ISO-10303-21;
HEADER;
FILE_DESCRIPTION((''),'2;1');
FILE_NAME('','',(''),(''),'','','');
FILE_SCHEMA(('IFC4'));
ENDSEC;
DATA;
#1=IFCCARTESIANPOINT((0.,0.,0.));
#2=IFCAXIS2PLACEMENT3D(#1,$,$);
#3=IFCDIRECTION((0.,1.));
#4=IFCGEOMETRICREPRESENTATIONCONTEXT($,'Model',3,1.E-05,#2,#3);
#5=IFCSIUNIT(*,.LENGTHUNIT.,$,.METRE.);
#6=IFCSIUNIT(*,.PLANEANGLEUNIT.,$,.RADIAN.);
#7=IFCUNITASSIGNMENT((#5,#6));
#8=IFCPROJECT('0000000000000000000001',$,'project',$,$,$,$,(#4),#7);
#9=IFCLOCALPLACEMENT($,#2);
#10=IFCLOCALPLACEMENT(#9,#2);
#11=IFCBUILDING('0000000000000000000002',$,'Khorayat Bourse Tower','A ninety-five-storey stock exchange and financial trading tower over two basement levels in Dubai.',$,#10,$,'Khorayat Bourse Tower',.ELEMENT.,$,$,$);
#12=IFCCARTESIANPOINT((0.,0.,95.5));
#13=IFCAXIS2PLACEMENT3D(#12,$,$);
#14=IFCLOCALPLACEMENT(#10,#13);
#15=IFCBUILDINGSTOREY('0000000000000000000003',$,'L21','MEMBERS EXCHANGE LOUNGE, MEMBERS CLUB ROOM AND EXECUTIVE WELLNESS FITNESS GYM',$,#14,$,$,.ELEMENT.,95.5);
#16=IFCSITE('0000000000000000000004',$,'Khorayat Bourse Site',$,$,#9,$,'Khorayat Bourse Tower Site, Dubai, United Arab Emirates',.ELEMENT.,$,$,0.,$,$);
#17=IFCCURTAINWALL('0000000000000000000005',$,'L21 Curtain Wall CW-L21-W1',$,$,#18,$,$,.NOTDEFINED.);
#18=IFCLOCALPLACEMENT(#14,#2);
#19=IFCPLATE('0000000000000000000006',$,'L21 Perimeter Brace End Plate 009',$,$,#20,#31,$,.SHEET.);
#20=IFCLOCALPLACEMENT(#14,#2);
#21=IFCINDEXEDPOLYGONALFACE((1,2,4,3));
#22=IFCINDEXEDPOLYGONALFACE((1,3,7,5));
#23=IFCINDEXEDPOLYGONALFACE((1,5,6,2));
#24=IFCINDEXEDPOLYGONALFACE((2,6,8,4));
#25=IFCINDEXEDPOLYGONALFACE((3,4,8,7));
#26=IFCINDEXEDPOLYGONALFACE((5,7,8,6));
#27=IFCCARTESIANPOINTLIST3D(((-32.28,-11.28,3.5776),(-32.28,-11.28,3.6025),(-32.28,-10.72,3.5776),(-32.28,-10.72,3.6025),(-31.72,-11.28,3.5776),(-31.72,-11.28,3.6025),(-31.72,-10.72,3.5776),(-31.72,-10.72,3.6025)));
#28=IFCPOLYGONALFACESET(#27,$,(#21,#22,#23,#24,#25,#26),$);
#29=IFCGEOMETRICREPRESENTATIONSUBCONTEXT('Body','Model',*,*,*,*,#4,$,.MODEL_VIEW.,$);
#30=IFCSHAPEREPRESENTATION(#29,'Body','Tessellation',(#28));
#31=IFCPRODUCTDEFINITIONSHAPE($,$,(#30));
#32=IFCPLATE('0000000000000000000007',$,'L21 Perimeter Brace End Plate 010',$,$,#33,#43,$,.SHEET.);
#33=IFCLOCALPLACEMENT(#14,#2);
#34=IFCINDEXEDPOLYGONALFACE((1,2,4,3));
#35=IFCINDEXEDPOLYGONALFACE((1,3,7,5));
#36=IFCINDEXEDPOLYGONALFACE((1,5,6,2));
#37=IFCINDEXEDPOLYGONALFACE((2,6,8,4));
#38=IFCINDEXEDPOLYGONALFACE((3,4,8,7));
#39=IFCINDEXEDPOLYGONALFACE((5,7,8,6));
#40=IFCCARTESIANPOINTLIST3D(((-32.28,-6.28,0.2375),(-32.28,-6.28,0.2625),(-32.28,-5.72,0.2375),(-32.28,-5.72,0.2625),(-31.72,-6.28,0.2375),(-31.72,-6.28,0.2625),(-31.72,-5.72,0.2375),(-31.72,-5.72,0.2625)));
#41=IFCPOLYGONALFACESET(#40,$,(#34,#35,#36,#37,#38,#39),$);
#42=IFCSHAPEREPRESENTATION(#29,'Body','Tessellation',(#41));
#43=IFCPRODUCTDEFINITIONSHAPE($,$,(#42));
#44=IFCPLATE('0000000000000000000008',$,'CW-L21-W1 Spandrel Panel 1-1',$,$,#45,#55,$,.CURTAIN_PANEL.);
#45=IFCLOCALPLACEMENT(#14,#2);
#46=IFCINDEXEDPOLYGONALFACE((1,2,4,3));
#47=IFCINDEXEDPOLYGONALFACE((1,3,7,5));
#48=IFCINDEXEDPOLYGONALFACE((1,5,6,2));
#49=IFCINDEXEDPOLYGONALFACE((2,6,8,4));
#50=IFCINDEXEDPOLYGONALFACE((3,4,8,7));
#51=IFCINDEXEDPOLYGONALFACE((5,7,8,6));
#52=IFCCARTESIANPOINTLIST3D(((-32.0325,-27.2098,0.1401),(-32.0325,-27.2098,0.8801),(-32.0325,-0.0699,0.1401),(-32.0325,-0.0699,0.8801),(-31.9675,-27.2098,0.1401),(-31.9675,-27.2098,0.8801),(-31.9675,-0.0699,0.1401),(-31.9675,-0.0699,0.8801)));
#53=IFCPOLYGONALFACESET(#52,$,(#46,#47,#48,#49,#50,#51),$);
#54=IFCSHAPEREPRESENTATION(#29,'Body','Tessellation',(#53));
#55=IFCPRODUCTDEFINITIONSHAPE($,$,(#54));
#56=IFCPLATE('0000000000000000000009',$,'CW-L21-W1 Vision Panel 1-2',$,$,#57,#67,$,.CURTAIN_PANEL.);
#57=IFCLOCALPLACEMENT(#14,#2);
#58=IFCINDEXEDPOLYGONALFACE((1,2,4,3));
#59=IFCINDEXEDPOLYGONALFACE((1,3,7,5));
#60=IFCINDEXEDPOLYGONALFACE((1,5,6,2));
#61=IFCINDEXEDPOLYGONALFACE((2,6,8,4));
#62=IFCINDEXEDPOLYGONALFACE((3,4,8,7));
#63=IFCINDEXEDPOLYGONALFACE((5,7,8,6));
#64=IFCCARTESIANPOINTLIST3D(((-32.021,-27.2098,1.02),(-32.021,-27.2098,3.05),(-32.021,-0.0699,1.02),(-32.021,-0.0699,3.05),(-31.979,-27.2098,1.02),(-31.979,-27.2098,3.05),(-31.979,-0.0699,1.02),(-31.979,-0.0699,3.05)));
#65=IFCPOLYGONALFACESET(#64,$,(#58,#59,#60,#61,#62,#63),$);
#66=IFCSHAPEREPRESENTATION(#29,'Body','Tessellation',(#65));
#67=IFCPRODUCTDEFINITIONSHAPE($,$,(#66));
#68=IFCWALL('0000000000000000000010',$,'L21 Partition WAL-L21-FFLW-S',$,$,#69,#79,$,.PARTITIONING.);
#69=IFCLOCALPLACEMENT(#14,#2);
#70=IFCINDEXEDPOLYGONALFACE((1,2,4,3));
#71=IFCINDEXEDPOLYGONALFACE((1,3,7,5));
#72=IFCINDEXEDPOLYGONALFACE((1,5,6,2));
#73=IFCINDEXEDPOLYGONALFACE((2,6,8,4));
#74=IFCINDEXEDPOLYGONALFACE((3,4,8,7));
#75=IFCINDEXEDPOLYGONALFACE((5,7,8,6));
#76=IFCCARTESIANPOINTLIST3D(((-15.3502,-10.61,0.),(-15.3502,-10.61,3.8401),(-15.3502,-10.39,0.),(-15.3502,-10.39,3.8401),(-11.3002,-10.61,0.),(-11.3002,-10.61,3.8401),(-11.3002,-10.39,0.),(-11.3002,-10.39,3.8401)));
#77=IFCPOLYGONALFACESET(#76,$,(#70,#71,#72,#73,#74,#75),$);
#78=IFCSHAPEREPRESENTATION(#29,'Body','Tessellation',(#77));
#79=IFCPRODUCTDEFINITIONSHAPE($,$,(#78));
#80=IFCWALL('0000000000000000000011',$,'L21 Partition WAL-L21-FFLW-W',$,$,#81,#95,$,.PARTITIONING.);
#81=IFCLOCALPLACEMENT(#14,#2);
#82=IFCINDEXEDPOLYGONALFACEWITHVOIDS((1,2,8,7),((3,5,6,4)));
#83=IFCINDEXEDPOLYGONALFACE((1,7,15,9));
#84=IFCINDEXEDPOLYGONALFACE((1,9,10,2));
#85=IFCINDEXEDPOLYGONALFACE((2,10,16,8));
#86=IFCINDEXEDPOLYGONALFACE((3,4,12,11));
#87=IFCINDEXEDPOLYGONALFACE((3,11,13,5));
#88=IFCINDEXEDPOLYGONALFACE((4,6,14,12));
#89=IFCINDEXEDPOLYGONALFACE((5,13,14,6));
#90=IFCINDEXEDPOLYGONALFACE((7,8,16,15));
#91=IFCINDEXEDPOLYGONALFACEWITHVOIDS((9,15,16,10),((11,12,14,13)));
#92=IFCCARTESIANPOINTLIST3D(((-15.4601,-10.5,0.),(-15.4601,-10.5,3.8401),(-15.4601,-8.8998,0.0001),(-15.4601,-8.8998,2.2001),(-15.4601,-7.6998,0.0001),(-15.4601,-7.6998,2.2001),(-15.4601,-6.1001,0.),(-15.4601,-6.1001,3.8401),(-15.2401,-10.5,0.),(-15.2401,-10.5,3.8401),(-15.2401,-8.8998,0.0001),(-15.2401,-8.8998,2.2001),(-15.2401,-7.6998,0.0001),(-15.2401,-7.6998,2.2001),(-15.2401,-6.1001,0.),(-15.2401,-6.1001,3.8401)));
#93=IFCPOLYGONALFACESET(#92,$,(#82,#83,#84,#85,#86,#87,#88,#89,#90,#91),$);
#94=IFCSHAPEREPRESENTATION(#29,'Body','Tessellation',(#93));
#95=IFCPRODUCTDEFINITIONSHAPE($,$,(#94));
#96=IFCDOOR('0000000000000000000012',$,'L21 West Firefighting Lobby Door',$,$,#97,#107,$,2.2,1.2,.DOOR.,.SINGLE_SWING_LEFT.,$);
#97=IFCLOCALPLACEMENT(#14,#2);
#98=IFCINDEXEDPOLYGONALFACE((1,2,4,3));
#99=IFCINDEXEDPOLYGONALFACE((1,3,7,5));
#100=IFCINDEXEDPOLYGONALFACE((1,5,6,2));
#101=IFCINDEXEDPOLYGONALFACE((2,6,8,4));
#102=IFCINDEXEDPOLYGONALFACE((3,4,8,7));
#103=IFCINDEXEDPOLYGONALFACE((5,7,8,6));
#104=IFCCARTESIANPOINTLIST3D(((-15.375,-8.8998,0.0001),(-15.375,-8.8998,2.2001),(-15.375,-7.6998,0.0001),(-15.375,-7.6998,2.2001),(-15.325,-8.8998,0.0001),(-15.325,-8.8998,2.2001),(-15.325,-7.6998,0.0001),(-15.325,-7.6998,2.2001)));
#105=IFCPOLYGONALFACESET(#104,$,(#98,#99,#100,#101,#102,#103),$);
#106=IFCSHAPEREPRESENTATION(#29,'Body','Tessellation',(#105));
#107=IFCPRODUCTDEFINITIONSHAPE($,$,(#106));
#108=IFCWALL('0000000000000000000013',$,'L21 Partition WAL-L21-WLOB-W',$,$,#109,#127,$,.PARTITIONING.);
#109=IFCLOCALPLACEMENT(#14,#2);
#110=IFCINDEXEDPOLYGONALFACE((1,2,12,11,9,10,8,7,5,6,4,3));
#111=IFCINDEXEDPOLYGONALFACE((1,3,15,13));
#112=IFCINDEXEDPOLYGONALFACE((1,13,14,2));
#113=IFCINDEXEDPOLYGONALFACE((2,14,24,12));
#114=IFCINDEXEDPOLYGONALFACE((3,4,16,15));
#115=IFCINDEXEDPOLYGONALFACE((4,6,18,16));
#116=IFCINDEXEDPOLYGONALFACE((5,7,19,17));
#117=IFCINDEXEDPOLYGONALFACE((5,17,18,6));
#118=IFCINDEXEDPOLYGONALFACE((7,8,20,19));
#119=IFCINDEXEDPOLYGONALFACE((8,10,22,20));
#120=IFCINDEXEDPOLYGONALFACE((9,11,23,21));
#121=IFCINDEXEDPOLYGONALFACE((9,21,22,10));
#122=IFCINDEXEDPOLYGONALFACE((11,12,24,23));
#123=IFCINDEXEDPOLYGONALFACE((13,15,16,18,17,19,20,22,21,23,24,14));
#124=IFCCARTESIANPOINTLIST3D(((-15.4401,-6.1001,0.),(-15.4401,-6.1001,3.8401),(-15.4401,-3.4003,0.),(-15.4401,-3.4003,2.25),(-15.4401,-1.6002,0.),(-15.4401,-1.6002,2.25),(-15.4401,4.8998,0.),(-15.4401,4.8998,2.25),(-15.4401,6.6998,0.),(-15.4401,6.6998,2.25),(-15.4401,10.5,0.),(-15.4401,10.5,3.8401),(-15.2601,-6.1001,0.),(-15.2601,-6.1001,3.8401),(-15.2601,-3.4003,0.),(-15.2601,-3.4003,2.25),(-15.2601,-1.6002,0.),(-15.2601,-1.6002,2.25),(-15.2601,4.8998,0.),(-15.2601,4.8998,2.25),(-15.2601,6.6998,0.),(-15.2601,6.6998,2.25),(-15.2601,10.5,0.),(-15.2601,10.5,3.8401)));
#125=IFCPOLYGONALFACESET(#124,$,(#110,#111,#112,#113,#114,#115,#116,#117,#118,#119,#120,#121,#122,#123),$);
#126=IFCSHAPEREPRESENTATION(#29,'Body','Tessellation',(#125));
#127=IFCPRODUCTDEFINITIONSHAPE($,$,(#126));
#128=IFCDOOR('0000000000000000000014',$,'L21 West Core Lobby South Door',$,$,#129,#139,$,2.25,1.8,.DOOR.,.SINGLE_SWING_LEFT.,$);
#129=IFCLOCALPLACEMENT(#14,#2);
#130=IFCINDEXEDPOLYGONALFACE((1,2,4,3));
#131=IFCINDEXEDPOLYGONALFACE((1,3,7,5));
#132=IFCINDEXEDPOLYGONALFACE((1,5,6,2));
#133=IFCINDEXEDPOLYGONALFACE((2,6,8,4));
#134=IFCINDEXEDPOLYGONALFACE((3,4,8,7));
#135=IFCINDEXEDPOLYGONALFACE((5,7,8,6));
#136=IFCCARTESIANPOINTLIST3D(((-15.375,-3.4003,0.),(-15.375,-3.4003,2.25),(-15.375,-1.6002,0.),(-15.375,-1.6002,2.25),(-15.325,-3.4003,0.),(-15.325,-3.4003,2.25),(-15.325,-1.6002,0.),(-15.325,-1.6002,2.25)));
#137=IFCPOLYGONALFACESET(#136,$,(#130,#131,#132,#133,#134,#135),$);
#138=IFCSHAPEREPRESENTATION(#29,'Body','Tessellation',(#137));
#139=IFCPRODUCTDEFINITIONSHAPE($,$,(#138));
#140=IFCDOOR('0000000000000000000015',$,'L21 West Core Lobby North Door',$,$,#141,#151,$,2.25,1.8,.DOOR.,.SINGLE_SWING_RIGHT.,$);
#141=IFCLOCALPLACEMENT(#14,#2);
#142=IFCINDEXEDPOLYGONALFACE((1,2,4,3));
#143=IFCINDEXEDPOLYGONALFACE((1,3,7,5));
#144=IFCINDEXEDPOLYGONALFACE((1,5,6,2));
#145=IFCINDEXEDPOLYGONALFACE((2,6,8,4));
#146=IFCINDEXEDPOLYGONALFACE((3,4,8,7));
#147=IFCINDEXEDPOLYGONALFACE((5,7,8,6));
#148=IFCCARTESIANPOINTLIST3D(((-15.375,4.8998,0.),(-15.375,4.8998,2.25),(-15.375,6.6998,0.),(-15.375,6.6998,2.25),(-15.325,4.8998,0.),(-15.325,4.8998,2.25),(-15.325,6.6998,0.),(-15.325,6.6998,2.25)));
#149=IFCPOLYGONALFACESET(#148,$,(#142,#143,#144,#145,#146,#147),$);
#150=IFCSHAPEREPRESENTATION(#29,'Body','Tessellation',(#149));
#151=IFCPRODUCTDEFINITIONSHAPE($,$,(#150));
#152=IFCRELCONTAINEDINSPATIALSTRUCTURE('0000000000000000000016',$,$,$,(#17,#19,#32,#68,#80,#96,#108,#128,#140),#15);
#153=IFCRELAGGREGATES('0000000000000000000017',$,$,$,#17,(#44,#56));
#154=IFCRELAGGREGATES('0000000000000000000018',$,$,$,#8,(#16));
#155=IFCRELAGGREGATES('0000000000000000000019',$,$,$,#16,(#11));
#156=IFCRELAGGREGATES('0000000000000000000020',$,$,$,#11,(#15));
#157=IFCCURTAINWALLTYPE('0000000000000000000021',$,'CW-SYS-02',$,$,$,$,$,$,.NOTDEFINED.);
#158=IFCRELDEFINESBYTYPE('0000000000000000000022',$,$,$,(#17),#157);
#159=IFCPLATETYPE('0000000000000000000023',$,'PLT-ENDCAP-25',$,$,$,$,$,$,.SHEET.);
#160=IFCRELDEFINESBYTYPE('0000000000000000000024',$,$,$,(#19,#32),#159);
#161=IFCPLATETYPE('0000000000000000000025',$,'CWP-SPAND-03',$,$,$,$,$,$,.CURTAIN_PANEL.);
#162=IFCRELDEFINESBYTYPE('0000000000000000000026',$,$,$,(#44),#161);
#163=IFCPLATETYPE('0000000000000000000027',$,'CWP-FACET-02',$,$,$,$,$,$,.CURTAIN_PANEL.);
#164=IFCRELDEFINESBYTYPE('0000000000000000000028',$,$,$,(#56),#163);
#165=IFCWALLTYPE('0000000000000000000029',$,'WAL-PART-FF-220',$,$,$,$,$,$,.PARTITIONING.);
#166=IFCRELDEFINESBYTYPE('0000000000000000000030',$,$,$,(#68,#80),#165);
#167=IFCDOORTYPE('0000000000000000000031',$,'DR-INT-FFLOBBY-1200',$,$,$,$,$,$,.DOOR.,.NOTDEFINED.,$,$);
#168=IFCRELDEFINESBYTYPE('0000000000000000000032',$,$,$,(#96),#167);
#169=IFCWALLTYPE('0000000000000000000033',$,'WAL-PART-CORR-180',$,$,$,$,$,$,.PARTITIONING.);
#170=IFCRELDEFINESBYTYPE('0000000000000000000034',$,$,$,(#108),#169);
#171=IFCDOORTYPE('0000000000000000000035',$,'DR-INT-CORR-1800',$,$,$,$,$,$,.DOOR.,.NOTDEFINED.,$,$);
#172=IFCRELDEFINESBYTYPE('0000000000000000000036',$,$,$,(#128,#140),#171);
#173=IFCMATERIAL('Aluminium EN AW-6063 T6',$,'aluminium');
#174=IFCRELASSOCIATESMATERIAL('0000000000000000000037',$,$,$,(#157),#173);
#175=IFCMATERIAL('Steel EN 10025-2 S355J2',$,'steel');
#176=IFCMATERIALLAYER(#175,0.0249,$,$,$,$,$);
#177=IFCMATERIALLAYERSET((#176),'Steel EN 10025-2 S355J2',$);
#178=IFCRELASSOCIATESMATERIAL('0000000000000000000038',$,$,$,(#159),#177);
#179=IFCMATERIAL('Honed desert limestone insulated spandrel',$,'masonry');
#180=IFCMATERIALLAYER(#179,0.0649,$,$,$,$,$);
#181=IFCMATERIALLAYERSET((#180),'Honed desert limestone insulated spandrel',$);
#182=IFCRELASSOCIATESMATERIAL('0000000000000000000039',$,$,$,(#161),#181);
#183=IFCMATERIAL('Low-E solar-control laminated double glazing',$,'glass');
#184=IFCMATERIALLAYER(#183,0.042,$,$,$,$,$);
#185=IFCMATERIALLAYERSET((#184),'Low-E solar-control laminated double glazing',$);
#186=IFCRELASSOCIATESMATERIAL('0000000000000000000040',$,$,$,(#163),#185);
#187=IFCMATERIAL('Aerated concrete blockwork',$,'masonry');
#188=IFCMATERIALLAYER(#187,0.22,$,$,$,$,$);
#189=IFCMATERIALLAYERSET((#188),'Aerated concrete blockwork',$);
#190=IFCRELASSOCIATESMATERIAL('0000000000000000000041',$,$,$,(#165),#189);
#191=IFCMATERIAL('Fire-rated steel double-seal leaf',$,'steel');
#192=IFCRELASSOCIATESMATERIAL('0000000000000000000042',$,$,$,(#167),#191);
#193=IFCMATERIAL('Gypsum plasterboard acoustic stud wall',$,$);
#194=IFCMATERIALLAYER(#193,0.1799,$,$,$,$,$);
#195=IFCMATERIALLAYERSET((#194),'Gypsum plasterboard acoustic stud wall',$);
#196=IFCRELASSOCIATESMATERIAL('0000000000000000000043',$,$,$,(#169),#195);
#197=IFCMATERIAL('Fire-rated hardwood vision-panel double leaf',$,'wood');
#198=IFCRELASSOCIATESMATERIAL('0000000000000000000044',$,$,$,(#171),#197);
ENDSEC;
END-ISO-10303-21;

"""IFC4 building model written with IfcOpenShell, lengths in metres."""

from ifc_helpers import new_model, si_unit, direction, frame, frame_2d, origin, origin_2d, place, context, subcontext, project, spatial, rectangle, extrude, source, transform, mapped, material, layer, layer_set, type_object, element, fill, aggregate, save


model = new_model("IFC4")

# Units and contexts
model_context = context("Model", 3, precision=1e-05, world=origin(), true_north=direction((0.0, 1.0)))
body_context = subcontext(model_context, "Body", "Model", "MODEL_VIEW")
ifc_project = project(units=[si_unit("LENGTHUNIT", "METRE"), si_unit("PLANEANGLEUNIT", "RADIAN")], contexts=[model_context])

# Site, building, storey
site_placement = place(None, origin())
site = spatial("IfcSite", under=ifc_project, at=site_placement, Name="Khorayat Bourse Site", LongName="Khorayat Bourse Tower Site, Dubai, United Arab Emirates", CompositionType="ELEMENT", RefElevation=0.0)
building_placement = place(site_placement, origin())
building = spatial("IfcBuilding", under=site, at=building_placement, Name="Khorayat Bourse Tower", Description="A ninety-five-storey stock exchange and financial trading tower over two basement levels in Dubai.", LongName="Khorayat Bourse Tower", CompositionType="ELEMENT")
storey_placement = place(building_placement, frame((0.0, 0.0, 95.5)))
storey = spatial("IfcBuildingStorey", under=building, at=storey_placement, Name="L21", Description="MEMBERS EXCHANGE LOUNGE, MEMBERS CLUB ROOM AND EXECUTIVE WELLNESS FITNESS GYM", CompositionType="ELEMENT", Elevation=95.5)

# Curtain wall
ifc_material_1 = material(Name="Aluminium EN AW-6063 T6", Category="aluminium")
curtain_wall_type = type_object("IfcCurtainWallType", Name="CW-SYS-02", PredefinedType="NOTDEFINED", material=ifc_material_1)
curtain_wall_placement = place(storey_placement, origin())
curtain_wall = element("IfcCurtainWall", 1, at=curtain_wall_placement, inside=storey, type_object=curtain_wall_type, Name="L21 Curtain Wall CW-L21-W1", PredefinedType="NOTDEFINED")

# Plates
ifc_material_2 = material(Name="Steel EN 10025-2 S355J2", Category="steel")
ifc_layer_1 = layer(ifc_material_2, 0.0249)
ifc_layer_set_1 = layer_set([ifc_layer_1], Name="Steel EN 10025-2 S355J2")
plate_type_1 = type_object("IfcPlateType", Name="PLT-ENDCAP-25", PredefinedType="SHEET", material=ifc_layer_set_1)
shared_shape_1 = source(origin(), body_context, "Body", "SweptSolid", [
    extrude(rectangle(XDim=0.5601, YDim=0.5601, at=origin_2d()), origin(), (0.0, 0.0, 1.0), 0.0249),
])
for number, where, z_axis, x_axis, name in (
    (2, (-32.0, -11.0, 3.5776), (0.0, 0.0, 1.0), (1.0, 0.0, 0.0), "L21 Perimeter Brace End Plate 009"),
    (3, (-32.0, -6.0, 0.2375), (0.0, 0.0, 1.0), (1.0, 0.0, 0.0), "L21 Perimeter Brace End Plate 010"),
):
    element("IfcPlate", number, at=place(storey_placement, frame(where, z_axis=z_axis, x_axis=x_axis)), inside=storey, type_object=plate_type_1, Name=name, PredefinedType="SHEET", context=body_context, shape_type="MappedRepresentation", body=[
        mapped(shared_shape_1, transform((0.0, 0.0, 0.0), scale=1.0)),
    ])

# Plates
ifc_material_3 = material(Name="Honed desert limestone insulated spandrel", Category="masonry")
ifc_layer_2 = layer(ifc_material_3, 0.0649)
ifc_layer_set_2 = layer_set([ifc_layer_2], Name="Honed desert limestone insulated spandrel")
plate_type_2 = type_object("IfcPlateType", Name="CWP-SPAND-03", PredefinedType="CURTAIN_PANEL", material=ifc_layer_set_2)
shared_shape_2 = source(origin(), body_context, "Body", "SweptSolid", [
    extrude(rectangle(XDim=27.1399, YDim=0.0649, at=origin_2d()), origin(), (0.0, 0.0, 1.0), 0.74),
])
plate_1_placement = place(storey_placement, frame((-32.0, -13.6399, 0.1401), z_axis=(0.0, 0.0, 1.0), x_axis=(0.0, 1.0, 0.0)))
plate_1 = element("IfcPlate", 4, at=plate_1_placement, type_object=plate_type_2, Name="CW-L21-W1 Spandrel Panel 1-1", PredefinedType="CURTAIN_PANEL", context=body_context, shape_type="MappedRepresentation", body=[
    mapped(shared_shape_2, transform((0.0, 0.0, 0.0), scale=1.0)),
])
ifc_material_4 = material(Name="Low-E solar-control laminated double glazing", Category="glass")
ifc_layer_3 = layer(ifc_material_4, 0.042)
ifc_layer_set_3 = layer_set([ifc_layer_3], Name="Low-E solar-control laminated double glazing")
plate_type_3 = type_object("IfcPlateType", Name="CWP-FACET-02", PredefinedType="CURTAIN_PANEL", material=ifc_layer_set_3)
shared_shape_3 = source(origin(), body_context, "Body", "SweptSolid", [
    extrude(rectangle(XDim=27.1399, YDim=0.042, at=origin_2d()), origin(), (0.0, 0.0, 1.0), 2.03),
])
plate_2_placement = place(storey_placement, frame((-32.0, -13.6399, 1.02), z_axis=(0.0, 0.0, 1.0), x_axis=(0.0, 1.0, 0.0)))
plate_2 = element("IfcPlate", 5, at=plate_2_placement, type_object=plate_type_3, Name="CW-L21-W1 Vision Panel 1-2", PredefinedType="CURTAIN_PANEL", context=body_context, shape_type="MappedRepresentation", body=[
    mapped(shared_shape_3, transform((0.0, 0.0, 0.0), scale=1.0)),
])
aggregate(curtain_wall, [plate_1, plate_2])

# Wall
ifc_material_5 = material(Name="Aerated concrete blockwork", Category="masonry")
ifc_layer_4 = layer(ifc_material_5, 0.22)
ifc_layer_set_4 = layer_set([ifc_layer_4], Name="Aerated concrete blockwork")
wall_type_1 = type_object("IfcWallType", Name="WAL-PART-FF-220", PredefinedType="PARTITIONING", material=ifc_layer_set_4)
shared_shape_4 = source(origin(), body_context, "Body", "SweptSolid", [
    extrude(rectangle(XDim=4.05, YDim=0.22, at=frame_2d((2.0249, 0.0))), origin(), (0.0, 0.0, 1.0), 3.8401),
])
wall_1_placement = place(storey_placement, frame((-15.3501, -10.5, 0.0), z_axis=(0.0, 0.0, 1.0), x_axis=(1.0, 0.0, 0.0)))
element("IfcWall", 6, at=wall_1_placement, inside=storey, type_object=wall_type_1, Name="L21 Partition WAL-L21-FFLW-S", PredefinedType="PARTITIONING", context=body_context, shape_type="MappedRepresentation", body=[
    mapped(shared_shape_4, transform((0.0, 0.0, 0.0), scale=1.0)),
])

# Wall, opening, door
shared_shape_5 = source(origin(), body_context, "Body", "SweptSolid", [
    extrude(rectangle(XDim=4.3999, YDim=0.22, at=frame_2d((2.2, 0.0))), origin(), (0.0, 0.0, 1.0), 3.8401),
])
wall_2_placement = place(storey_placement, frame((-15.3501, -10.5, 0.0), z_axis=(0.0, 0.0, 1.0), x_axis=(0.0, 1.0, 0.0)))
wall_2 = element("IfcWall", 7, at=wall_2_placement, inside=storey, type_object=wall_type_1, Name="L21 Partition WAL-L21-FFLW-W", PredefinedType="PARTITIONING", context=body_context, shape_type="MappedRepresentation", body=[
    mapped(shared_shape_5, transform((0.0, 0.0, 0.0), scale=1.0)),
])
shared_shape_6 = source(origin(), body_context, "Body", "SweptSolid", [
    extrude(rectangle(XDim=1.2, YDim=2.2, at=frame_2d((0.6001, 1.1001))), frame((0.0, 0.1199, 0.0), z_axis=(0.0, -1.0, 0.0), x_axis=(1.0, 0.0, 0.0)), (0.0, 0.0, 1.0), 0.24),
])
opening_1_placement = place(wall_2_placement, frame((1.6001, 0.0, 0.0)))
opening_1 = element("IfcOpeningElement", 8, at=opening_1_placement, cuts=wall_2, PredefinedType="OPENING", context=body_context, shape_type="MappedRepresentation", body=[
    mapped(shared_shape_6, transform((0.0, 0.0, 0.0), scale=1.0)),
])
ifc_material_6 = material(Name="Fire-rated steel double-seal leaf", Category="steel")
door_type_1 = type_object("IfcDoorType", Name="DR-INT-FFLOBBY-1200", OperationType="NOTDEFINED", PredefinedType="DOOR", material=ifc_material_6)
shared_shape_7 = source(origin(), body_context, "Body", "SweptSolid", [
    extrude(rectangle(XDim=1.2, YDim=2.2, at=frame_2d((0.6001, 1.1001))), frame((0.0, 0.0249, 0.0), z_axis=(0.0, -1.0, 0.0), x_axis=(1.0, 0.0, 0.0)), (0.0, 0.0, 1.0), 0.05),
])
door_1_placement = place(opening_1_placement, origin())
door_1 = element("IfcDoor", 9, at=door_1_placement, inside=storey, type_object=door_type_1, Name="L21 West Firefighting Lobby Door", OperationType="SINGLE_SWING_LEFT", OverallHeight=2.2, OverallWidth=1.2, PredefinedType="DOOR", context=body_context, shape_type="MappedRepresentation", body=[
    mapped(shared_shape_7, transform((0.0, 0.0, 0.0), scale=1.0)),
])
fill(opening_1, door_1)

# Wall, openings, doors
ifc_material_7 = material(Name="Gypsum plasterboard acoustic stud wall")
ifc_layer_5 = layer(ifc_material_7, 0.1799)
ifc_layer_set_5 = layer_set([ifc_layer_5], Name="Gypsum plasterboard acoustic stud wall")
wall_type_2 = type_object("IfcWallType", Name="WAL-PART-CORR-180", PredefinedType="PARTITIONING", material=ifc_layer_set_5)
shared_shape_8 = source(origin(), body_context, "Body", "SweptSolid", [
    extrude(rectangle(XDim=16.6001, YDim=0.1799, at=frame_2d((8.3, 0.0))), origin(), (0.0, 0.0, 1.0), 3.8401),
])
wall_3_placement = place(storey_placement, frame((-15.3501, -6.1001, 0.0), z_axis=(0.0, 0.0, 1.0), x_axis=(0.0, 1.0, 0.0)))
wall_3 = element("IfcWall", 10, at=wall_3_placement, inside=storey, type_object=wall_type_2, Name="L21 Partition WAL-L21-WLOB-W", PredefinedType="PARTITIONING", context=body_context, shape_type="MappedRepresentation", body=[
    mapped(shared_shape_8, transform((0.0, 0.0, 0.0), scale=1.0)),
])
shared_shape_9 = source(origin(), body_context, "Body", "SweptSolid", [
    extrude(rectangle(XDim=1.8, YDim=2.25, at=frame_2d((0.8999, 1.125))), frame((0.0, 0.0999, 0.0), z_axis=(0.0, -1.0, 0.0), x_axis=(1.0, 0.0, 0.0)), (0.0, 0.0, 1.0), 0.2),
])
opening_2_placement = place(wall_3_placement, frame((2.7, 0.0, 0.0)))
opening_2 = element("IfcOpeningElement", 11, at=opening_2_placement, cuts=wall_3, PredefinedType="OPENING", context=body_context, shape_type="MappedRepresentation", body=[
    mapped(shared_shape_9, transform((0.0, 0.0, 0.0), scale=1.0)),
])
opening_3_placement = place(wall_3_placement, frame((11.0, 0.0, 0.0)))
opening_3 = element("IfcOpeningElement", 12, at=opening_3_placement, cuts=wall_3, PredefinedType="OPENING", context=body_context, shape_type="MappedRepresentation", body=[
    mapped(shared_shape_9, transform((0.0, 0.0, 0.0), scale=1.0)),
])
ifc_material_8 = material(Name="Fire-rated hardwood vision-panel double leaf", Category="wood")
door_type_2 = type_object("IfcDoorType", Name="DR-INT-CORR-1800", OperationType="NOTDEFINED", PredefinedType="DOOR", material=ifc_material_8)
shared_shape_10 = source(origin(), body_context, "Body", "SweptSolid", [
    extrude(rectangle(XDim=1.8, YDim=2.25, at=frame_2d((0.8999, 1.125))), frame((0.0, 0.0249, 0.0), z_axis=(0.0, -1.0, 0.0), x_axis=(1.0, 0.0, 0.0)), (0.0, 0.0, 1.0), 0.05),
])
door_2_placement = place(opening_2_placement, origin())
door_2 = element("IfcDoor", 13, at=door_2_placement, inside=storey, type_object=door_type_2, Name="L21 West Core Lobby South Door", OperationType="SINGLE_SWING_LEFT", OverallHeight=2.25, OverallWidth=1.8, PredefinedType="DOOR", context=body_context, shape_type="MappedRepresentation", body=[
    mapped(shared_shape_10, transform((0.0, 0.0, 0.0), scale=1.0)),
])
fill(opening_2, door_2)
door_3_placement = place(opening_3_placement, origin())
door_3 = element("IfcDoor", 14, at=door_3_placement, inside=storey, type_object=door_type_2, Name="L21 West Core Lobby North Door", OperationType="SINGLE_SWING_RIGHT", OverallHeight=2.25, OverallWidth=1.8, PredefinedType="DOOR", context=body_context, shape_type="MappedRepresentation", body=[
    mapped(shared_shape_10, transform((0.0, 0.0, 0.0), scale=1.0)),
])
fill(opening_3, door_3)

save(model, "model.ifc")
